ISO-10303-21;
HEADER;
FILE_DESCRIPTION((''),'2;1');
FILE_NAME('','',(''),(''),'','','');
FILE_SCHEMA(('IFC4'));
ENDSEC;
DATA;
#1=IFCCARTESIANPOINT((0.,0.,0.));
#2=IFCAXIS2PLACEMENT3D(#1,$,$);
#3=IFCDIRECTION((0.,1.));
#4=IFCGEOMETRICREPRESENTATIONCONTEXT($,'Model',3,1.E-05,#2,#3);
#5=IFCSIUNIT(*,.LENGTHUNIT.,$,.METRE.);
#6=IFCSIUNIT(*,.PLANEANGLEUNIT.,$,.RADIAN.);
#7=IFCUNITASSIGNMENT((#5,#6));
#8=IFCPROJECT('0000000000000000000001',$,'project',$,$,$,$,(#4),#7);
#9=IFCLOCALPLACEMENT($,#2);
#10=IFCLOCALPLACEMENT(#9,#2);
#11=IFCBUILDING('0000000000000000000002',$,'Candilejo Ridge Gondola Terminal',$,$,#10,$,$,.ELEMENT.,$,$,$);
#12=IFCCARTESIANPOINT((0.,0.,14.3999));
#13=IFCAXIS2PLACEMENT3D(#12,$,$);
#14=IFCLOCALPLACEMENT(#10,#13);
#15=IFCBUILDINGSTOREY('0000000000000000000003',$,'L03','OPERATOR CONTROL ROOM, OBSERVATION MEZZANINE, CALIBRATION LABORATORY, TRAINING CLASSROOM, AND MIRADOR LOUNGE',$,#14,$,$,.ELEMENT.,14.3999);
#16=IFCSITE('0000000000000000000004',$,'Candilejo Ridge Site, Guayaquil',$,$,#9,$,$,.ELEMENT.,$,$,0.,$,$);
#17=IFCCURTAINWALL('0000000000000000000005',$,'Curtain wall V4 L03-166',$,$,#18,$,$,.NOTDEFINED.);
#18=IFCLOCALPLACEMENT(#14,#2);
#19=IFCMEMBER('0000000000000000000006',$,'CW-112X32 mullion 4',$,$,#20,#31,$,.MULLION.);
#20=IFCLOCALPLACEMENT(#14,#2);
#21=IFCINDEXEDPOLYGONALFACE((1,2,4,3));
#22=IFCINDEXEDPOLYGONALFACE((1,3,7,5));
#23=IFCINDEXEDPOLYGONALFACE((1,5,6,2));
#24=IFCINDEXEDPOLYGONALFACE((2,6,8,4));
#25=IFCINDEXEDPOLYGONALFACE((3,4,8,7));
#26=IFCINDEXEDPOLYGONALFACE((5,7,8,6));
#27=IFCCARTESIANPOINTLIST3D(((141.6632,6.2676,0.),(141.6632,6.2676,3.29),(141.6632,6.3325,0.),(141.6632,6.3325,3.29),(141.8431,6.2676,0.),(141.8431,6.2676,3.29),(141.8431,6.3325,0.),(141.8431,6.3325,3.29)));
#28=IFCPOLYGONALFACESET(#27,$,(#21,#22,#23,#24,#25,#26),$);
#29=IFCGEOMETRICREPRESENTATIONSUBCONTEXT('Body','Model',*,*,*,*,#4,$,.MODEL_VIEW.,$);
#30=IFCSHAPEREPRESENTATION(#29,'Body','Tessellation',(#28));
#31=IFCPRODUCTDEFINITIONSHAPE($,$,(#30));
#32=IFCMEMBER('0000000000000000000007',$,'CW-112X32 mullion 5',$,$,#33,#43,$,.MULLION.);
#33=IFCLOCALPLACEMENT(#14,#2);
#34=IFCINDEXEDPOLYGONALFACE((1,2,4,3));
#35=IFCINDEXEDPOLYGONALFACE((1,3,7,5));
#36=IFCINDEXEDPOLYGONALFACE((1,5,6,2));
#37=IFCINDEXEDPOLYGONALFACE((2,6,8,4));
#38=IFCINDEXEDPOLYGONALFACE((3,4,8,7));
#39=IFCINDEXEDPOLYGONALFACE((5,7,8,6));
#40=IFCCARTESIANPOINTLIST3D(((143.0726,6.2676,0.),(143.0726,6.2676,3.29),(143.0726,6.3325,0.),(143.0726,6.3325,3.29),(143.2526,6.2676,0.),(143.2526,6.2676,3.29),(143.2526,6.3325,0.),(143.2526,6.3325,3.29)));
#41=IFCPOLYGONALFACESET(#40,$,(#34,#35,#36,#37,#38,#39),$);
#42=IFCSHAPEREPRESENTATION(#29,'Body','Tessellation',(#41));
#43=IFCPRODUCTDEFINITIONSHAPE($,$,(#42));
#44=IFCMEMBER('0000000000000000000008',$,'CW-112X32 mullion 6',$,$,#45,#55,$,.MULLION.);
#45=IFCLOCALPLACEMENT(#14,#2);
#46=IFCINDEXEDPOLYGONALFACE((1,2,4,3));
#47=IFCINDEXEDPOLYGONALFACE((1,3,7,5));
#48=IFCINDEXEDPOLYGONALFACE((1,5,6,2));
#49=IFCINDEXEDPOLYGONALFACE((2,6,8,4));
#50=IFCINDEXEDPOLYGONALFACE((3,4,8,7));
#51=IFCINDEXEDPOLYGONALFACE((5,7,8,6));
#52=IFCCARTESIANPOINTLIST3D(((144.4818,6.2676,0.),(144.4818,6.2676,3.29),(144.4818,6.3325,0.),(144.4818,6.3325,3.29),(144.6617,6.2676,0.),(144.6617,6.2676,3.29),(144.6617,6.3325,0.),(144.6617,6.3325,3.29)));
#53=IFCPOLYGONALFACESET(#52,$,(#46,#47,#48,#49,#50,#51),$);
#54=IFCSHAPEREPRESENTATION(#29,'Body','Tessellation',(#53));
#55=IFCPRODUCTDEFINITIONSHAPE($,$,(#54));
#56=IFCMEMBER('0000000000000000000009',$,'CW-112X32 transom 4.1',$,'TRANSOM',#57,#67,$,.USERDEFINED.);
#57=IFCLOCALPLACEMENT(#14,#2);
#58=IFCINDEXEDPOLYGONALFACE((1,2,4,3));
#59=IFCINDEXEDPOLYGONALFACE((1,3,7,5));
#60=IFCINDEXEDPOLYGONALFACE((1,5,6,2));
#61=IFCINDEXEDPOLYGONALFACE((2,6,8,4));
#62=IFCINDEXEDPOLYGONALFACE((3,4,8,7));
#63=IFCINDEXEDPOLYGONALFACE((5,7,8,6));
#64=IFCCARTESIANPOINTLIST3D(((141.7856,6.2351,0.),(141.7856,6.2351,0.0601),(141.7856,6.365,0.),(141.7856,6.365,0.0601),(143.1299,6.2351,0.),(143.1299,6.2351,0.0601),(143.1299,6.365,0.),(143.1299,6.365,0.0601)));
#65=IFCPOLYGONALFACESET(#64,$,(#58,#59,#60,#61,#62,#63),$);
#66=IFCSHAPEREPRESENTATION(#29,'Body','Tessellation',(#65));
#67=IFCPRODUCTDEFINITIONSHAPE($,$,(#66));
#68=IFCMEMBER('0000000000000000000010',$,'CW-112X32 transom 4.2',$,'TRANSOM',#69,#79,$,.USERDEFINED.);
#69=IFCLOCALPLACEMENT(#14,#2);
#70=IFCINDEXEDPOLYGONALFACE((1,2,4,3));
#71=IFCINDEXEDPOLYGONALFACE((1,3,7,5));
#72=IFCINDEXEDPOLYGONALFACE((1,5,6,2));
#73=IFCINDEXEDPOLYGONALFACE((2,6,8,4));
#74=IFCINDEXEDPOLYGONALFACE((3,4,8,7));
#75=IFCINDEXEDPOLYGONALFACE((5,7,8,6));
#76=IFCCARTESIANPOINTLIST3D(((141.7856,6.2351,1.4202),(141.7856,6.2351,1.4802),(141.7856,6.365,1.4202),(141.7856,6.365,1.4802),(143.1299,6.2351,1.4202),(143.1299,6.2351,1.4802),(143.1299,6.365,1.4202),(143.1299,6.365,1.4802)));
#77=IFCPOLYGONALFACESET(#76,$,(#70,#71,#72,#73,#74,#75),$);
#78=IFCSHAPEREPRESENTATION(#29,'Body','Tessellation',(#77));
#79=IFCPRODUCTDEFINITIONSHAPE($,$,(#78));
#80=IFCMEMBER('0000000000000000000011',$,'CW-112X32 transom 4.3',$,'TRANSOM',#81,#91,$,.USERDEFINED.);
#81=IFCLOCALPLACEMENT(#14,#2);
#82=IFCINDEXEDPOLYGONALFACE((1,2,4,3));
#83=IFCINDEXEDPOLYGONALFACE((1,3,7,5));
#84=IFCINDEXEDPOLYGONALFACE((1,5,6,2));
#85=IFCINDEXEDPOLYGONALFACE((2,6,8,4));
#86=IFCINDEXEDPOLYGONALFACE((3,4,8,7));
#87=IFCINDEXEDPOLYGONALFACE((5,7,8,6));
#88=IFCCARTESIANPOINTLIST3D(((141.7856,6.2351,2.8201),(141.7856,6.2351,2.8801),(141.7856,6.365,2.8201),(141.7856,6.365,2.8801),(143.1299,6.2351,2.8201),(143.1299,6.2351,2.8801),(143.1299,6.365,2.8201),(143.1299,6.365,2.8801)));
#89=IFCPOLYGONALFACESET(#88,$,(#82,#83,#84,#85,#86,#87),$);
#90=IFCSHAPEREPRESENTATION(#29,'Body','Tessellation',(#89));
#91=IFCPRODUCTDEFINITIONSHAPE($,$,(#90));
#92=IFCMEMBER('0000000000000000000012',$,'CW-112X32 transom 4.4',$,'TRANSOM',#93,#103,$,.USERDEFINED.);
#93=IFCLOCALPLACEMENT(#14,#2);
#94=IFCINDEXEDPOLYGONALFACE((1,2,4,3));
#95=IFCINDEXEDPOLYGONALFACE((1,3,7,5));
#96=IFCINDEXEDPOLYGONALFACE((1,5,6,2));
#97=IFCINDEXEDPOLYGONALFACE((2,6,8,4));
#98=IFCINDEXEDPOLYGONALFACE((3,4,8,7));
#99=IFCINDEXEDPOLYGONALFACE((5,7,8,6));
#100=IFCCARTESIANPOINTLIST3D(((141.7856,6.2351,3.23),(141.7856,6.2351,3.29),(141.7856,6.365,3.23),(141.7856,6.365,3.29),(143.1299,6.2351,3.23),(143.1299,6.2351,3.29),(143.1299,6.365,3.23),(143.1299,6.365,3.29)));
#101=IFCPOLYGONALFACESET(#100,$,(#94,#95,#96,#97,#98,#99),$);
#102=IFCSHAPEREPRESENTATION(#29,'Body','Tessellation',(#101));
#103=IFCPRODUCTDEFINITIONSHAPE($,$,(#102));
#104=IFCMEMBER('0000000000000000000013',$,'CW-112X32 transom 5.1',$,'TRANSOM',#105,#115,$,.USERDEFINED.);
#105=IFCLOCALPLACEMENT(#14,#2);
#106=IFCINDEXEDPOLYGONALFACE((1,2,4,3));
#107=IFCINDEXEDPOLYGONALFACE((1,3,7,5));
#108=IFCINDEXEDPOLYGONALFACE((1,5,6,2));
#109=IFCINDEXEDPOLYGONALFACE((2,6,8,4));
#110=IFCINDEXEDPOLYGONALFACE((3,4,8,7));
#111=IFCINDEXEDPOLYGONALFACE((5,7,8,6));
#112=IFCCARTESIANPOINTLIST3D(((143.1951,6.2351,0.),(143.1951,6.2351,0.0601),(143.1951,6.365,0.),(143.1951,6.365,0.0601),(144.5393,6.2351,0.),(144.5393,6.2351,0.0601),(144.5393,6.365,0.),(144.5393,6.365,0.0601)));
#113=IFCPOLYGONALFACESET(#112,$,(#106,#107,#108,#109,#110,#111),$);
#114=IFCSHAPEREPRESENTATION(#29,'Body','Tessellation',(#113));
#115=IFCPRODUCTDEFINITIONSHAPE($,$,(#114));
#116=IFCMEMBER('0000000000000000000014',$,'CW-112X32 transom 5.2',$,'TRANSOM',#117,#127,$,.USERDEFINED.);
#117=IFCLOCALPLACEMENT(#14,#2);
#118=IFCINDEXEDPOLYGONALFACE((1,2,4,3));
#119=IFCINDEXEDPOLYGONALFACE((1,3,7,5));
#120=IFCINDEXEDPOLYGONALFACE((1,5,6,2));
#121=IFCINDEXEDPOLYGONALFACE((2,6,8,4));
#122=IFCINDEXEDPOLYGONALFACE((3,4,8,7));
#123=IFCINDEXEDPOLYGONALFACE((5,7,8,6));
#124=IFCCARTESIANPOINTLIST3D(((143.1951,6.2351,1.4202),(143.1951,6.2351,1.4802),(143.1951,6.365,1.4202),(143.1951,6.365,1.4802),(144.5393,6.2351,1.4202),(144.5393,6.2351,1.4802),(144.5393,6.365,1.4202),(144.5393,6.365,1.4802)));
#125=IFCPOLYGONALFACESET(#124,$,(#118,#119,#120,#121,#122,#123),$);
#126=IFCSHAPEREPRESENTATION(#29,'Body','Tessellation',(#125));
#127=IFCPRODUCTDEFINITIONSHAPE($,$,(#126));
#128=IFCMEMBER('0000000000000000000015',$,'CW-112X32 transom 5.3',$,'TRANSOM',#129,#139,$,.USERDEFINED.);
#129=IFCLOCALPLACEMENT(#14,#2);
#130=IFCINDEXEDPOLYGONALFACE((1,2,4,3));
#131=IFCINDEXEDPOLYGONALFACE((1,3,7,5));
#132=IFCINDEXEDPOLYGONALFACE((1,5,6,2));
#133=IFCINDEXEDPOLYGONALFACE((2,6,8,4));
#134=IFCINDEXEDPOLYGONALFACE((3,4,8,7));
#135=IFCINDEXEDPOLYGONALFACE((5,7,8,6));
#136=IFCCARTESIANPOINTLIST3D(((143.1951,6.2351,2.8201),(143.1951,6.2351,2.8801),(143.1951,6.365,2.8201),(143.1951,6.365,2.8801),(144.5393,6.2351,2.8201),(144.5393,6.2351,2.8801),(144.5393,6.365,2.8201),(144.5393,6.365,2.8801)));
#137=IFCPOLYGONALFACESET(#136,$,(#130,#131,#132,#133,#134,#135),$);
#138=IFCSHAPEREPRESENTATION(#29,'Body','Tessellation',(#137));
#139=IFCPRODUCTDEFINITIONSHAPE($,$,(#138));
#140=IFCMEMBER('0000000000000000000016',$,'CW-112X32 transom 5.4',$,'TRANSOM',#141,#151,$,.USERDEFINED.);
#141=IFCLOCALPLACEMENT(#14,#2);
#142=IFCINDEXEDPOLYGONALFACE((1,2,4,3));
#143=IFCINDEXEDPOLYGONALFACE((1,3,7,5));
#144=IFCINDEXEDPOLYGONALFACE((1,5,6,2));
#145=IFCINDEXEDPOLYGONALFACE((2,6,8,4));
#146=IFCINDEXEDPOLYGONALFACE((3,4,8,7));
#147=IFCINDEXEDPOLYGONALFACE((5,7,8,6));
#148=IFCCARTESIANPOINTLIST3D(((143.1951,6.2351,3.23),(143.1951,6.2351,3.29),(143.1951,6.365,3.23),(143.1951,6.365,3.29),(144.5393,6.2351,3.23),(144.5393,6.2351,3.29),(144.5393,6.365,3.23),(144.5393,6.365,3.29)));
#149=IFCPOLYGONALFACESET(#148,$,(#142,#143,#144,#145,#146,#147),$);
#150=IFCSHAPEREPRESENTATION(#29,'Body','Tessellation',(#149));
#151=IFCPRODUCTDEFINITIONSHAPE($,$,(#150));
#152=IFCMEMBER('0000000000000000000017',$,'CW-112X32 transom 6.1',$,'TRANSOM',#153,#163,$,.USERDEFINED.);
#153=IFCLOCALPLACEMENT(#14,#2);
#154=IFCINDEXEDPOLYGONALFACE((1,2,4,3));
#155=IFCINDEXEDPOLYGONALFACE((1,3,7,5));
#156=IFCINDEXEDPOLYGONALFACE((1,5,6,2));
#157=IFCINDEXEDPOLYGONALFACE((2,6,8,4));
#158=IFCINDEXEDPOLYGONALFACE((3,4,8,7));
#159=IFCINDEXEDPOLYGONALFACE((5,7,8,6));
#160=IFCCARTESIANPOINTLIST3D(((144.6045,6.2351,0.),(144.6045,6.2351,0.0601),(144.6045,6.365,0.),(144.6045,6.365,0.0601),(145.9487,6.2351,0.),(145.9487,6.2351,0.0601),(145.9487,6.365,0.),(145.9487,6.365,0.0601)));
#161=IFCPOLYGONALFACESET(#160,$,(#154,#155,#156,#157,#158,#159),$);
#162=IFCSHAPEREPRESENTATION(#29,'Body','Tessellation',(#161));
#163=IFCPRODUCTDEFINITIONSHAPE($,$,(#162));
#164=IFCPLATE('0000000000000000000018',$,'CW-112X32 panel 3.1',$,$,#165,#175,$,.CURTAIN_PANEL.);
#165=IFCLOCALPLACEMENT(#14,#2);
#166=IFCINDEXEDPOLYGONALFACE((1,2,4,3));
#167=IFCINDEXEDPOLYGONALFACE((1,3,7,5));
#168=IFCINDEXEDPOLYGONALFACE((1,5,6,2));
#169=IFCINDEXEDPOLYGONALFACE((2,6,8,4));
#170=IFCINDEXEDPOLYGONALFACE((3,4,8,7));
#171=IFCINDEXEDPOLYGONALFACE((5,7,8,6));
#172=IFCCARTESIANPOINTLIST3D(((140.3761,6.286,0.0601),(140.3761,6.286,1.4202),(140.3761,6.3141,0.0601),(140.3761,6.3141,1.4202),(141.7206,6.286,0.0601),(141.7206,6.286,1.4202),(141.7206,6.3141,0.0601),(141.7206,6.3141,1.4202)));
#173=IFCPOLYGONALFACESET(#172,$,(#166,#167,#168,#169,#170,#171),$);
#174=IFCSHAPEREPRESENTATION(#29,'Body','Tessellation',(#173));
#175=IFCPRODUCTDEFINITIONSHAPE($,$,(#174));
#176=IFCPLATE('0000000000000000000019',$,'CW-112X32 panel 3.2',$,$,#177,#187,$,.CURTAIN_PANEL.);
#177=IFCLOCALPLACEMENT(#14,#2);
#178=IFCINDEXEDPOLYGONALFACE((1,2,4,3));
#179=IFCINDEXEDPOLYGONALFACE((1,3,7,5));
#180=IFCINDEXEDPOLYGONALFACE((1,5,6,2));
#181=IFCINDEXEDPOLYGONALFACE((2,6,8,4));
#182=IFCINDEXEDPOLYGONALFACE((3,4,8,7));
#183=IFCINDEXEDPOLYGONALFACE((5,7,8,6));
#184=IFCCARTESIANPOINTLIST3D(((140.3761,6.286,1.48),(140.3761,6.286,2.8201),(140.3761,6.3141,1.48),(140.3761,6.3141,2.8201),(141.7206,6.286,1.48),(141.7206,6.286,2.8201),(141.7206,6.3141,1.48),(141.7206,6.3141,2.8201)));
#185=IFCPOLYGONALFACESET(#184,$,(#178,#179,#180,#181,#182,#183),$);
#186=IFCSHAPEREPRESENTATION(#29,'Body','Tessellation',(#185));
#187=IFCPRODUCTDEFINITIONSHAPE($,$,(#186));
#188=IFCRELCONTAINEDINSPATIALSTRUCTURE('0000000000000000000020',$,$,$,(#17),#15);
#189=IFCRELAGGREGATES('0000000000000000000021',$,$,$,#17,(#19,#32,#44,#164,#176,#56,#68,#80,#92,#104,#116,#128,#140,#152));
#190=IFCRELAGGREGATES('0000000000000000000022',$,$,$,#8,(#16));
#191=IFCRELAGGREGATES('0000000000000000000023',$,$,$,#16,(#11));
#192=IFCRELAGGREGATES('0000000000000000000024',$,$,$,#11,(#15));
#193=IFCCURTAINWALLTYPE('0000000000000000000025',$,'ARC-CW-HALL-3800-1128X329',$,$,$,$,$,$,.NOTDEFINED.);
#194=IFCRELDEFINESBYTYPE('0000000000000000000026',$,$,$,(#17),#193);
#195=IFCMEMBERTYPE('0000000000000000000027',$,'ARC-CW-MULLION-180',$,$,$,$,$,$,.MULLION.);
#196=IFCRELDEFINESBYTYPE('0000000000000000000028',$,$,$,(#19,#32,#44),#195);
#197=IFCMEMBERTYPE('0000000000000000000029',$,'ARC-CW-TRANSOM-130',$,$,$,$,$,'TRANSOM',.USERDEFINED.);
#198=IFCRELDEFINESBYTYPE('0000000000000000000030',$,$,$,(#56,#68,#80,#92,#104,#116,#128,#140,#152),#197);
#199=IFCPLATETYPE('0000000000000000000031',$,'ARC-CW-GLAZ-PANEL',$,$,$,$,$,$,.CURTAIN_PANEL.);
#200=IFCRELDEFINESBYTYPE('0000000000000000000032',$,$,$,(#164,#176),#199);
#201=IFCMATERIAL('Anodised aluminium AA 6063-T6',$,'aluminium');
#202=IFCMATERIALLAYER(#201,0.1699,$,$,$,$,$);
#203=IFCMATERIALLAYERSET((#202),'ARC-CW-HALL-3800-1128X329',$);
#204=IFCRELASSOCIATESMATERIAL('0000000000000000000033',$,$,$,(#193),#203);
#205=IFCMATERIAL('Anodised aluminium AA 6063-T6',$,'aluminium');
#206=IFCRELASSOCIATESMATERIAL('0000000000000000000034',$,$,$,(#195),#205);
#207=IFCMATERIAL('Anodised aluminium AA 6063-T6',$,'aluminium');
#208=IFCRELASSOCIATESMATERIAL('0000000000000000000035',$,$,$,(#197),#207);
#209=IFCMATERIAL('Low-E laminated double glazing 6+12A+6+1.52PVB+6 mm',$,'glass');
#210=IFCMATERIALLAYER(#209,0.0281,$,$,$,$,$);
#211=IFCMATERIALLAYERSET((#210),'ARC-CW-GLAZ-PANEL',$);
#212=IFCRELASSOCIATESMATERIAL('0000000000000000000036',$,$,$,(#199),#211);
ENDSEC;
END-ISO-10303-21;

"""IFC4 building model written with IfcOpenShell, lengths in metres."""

from ifc_helpers import new_model, si_unit, direction, frame, origin, origin_2d, place, context, subcontext, project, spatial, rectangle, extrude, material, layer, layer_set, material_profile, profile_set, type_object, element, aggregate, save


model = new_model("IFC4")

# Units and contexts
model_context = context("Model", 3, precision=1e-05, world=origin(), true_north=direction((0.0, 1.0)))
body_context = subcontext(model_context, "Body", "Model", "MODEL_VIEW")
ifc_project = project(units=[si_unit("LENGTHUNIT", "METRE"), si_unit("PLANEANGLEUNIT", "RADIAN")], contexts=[model_context])

# Site, building, storey
site_placement = place(None, origin())
site = spatial("IfcSite", under=ifc_project, at=site_placement, Name="Candilejo Ridge Site, Guayaquil", CompositionType="ELEMENT", RefElevation=0.0)
building_placement = place(site_placement, origin())
building = spatial("IfcBuilding", under=site, at=building_placement, Name="Candilejo Ridge Gondola Terminal", CompositionType="ELEMENT")
storey_placement = place(building_placement, frame((0.0, 0.0, 14.3999)))
storey = spatial("IfcBuildingStorey", under=building, at=storey_placement, Name="L03", Description="OPERATOR CONTROL ROOM, OBSERVATION MEZZANINE, CALIBRATION LABORATORY, TRAINING CLASSROOM, AND MIRADOR LOUNGE", CompositionType="ELEMENT", Elevation=14.3999)

# Curtain wall, members, plates
ifc_material_1 = material(Name="Anodised aluminium AA 6063-T6", Category="aluminium")
ifc_layer_1 = layer(ifc_material_1, 0.1699)
ifc_layer_set_1 = layer_set([ifc_layer_1], Name="ARC-CW-HALL-3800-1128X329")
curtain_wall_type = type_object("IfcCurtainWallType", Name="ARC-CW-HALL-3800-1128X329", PredefinedType="NOTDEFINED", material=ifc_layer_set_1)
curtain_wall_placement = place(storey_placement, origin())
curtain_wall = element("IfcCurtainWall", 1, at=curtain_wall_placement, inside=storey, type_object=curtain_wall_type, Name="Curtain wall V4 L03-166", PredefinedType="NOTDEFINED")
ifc_material_2 = material(Name="Anodised aluminium AA 6063-T6", Category="aluminium")
ifc_material_profile_1 = material_profile(ifc_material_2, rectangle(XDim=0.0649, YDim=0.1799, at=origin_2d()))
ifc_profile_set_1 = profile_set([ifc_material_profile_1], Name="Anodised aluminium AA 6063-T6")
member_type_1 = type_object("IfcMemberType", Name="ARC-CW-MULLION-180", PredefinedType="MULLION", material=ifc_profile_set_1)
member_1_placement = place(storey_placement, frame((141.7532, 6.3, 0.0), z_axis=(0.0, 0.0, 1.0), x_axis=(0.0, 1.0, 0.0)))
member_1 = element("IfcMember", 2, at=member_1_placement, type_object=member_type_1, Name="CW-112X32 mullion 4", PredefinedType="MULLION", context=body_context, shape_type="SweptSolid", body=[
    extrude(rectangle(XDim=0.0649, YDim=0.1799, at=origin_2d()), origin(), (0.0, 0.0, 1.0), 3.29),
])
member_2_placement = place(storey_placement, frame((143.1626, 6.3, 0.0), z_axis=(0.0, 0.0, 1.0), x_axis=(0.0, 1.0, 0.0)))
member_2 = element("IfcMember", 3, at=member_2_placement, type_object=member_type_1, Name="CW-112X32 mullion 5", PredefinedType="MULLION", context=body_context, shape_type="SweptSolid", body=[
    extrude(rectangle(XDim=0.0649, YDim=0.1799, at=origin_2d()), origin(), (0.0, 0.0, 1.0), 3.29),
])
member_3_placement = place(storey_placement, frame((144.5718, 6.3, 0.0), z_axis=(0.0, 0.0, 1.0), x_axis=(0.0, 1.0, 0.0)))
member_3 = element("IfcMember", 4, at=member_3_placement, type_object=member_type_1, Name="CW-112X32 mullion 6", PredefinedType="MULLION", context=body_context, shape_type="SweptSolid", body=[
    extrude(rectangle(XDim=0.0649, YDim=0.1799, at=origin_2d()), origin(), (0.0, 0.0, 1.0), 3.29),
])
ifc_material_3 = material(Name="Anodised aluminium AA 6063-T6", Category="aluminium")
ifc_material_profile_2 = material_profile(ifc_material_3, rectangle(XDim=0.1299, YDim=0.0601, at=origin_2d()))
ifc_profile_set_2 = profile_set([ifc_material_profile_2], Name="Anodised aluminium AA 6063-T6")
member_type_2 = type_object("IfcMemberType", Name="ARC-CW-TRANSOM-130", ElementType="TRANSOM", PredefinedType="USERDEFINED", material=ifc_profile_set_2)
member_4_placement = place(storey_placement, frame((141.7856, 6.3, 0.03), z_axis=(1.0, 0.0, 0.0), x_axis=(0.0, 1.0, 0.0)))
member_4 = element("IfcMember", 5, at=member_4_placement, type_object=member_type_2, Name="CW-112X32 transom 4.1", ObjectType="TRANSOM", PredefinedType="USERDEFINED", context=body_context, shape_type="SweptSolid", body=[
    extrude(rectangle(XDim=0.1299, YDim=0.0601, at=origin_2d()), origin(), (0.0, 0.0, 1.0), 1.3442),
])
member_5_placement = place(storey_placement, frame((141.7856, 6.3, 1.4502), z_axis=(1.0, 0.0, 0.0), x_axis=(0.0, 1.0, 0.0)))
member_5 = element("IfcMember", 6, at=member_5_placement, type_object=member_type_2, Name="CW-112X32 transom 4.2", ObjectType="TRANSOM", PredefinedType="USERDEFINED", context=body_context, shape_type="SweptSolid", body=[
    extrude(rectangle(XDim=0.1299, YDim=0.0601, at=origin_2d()), origin(), (0.0, 0.0, 1.0), 1.3442),
])
member_6_placement = place(storey_placement, frame((141.7856, 6.3, 2.8501), z_axis=(1.0, 0.0, 0.0), x_axis=(0.0, 1.0, 0.0)))
member_6 = element("IfcMember", 7, at=member_6_placement, type_object=member_type_2, Name="CW-112X32 transom 4.3", ObjectType="TRANSOM", PredefinedType="USERDEFINED", context=body_context, shape_type="SweptSolid", body=[
    extrude(rectangle(XDim=0.1299, YDim=0.0601, at=origin_2d()), origin(), (0.0, 0.0, 1.0), 1.3442),
])
member_7_placement = place(storey_placement, frame((141.7856, 6.3, 3.26), z_axis=(1.0, 0.0, 0.0), x_axis=(0.0, 1.0, 0.0)))
member_7 = element("IfcMember", 8, at=member_7_placement, type_object=member_type_2, Name="CW-112X32 transom 4.4", ObjectType="TRANSOM", PredefinedType="USERDEFINED", context=body_context, shape_type="SweptSolid", body=[
    extrude(rectangle(XDim=0.1299, YDim=0.0601, at=origin_2d()), origin(), (0.0, 0.0, 1.0), 1.3442),
])
member_8_placement = place(storey_placement, frame((143.1951, 6.3, 0.03), z_axis=(1.0, 0.0, 0.0), x_axis=(0.0, 1.0, 0.0)))
member_8 = element("IfcMember", 9, at=member_8_placement, type_object=member_type_2, Name="CW-112X32 transom 5.1", ObjectType="TRANSOM", PredefinedType="USERDEFINED", context=body_context, shape_type="SweptSolid", body=[
    extrude(rectangle(XDim=0.1299, YDim=0.0601, at=origin_2d()), origin(), (0.0, 0.0, 1.0), 1.3442),
])
member_9_placement = place(storey_placement, frame((143.1951, 6.3, 1.4502), z_axis=(1.0, 0.0, 0.0), x_axis=(0.0, 1.0, 0.0)))
member_9 = element("IfcMember", 10, at=member_9_placement, type_object=member_type_2, Name="CW-112X32 transom 5.2", ObjectType="TRANSOM", PredefinedType="USERDEFINED", context=body_context, shape_type="SweptSolid", body=[
    extrude(rectangle(XDim=0.1299, YDim=0.0601, at=origin_2d()), origin(), (0.0, 0.0, 1.0), 1.3442),
])
member_10_placement = place(storey_placement, frame((143.1951, 6.3, 2.8501), z_axis=(1.0, 0.0, 0.0), x_axis=(0.0, 1.0, 0.0)))
member_10 = element("IfcMember", 11, at=member_10_placement, type_object=member_type_2, Name="CW-112X32 transom 5.3", ObjectType="TRANSOM", PredefinedType="USERDEFINED", context=body_context, shape_type="SweptSolid", body=[
    extrude(rectangle(XDim=0.1299, YDim=0.0601, at=origin_2d()), origin(), (0.0, 0.0, 1.0), 1.3442),
])
member_11_placement = place(storey_placement, frame((143.1951, 6.3, 3.26), z_axis=(1.0, 0.0, 0.0), x_axis=(0.0, 1.0, 0.0)))
member_11 = element("IfcMember", 12, at=member_11_placement, type_object=member_type_2, Name="CW-112X32 transom 5.4", ObjectType="TRANSOM", PredefinedType="USERDEFINED", context=body_context, shape_type="SweptSolid", body=[
    extrude(rectangle(XDim=0.1299, YDim=0.0601, at=origin_2d()), origin(), (0.0, 0.0, 1.0), 1.3442),
])
member_12_placement = place(storey_placement, frame((144.6045, 6.3, 0.03), z_axis=(1.0, 0.0, 0.0), x_axis=(0.0, 1.0, 0.0)))
member_12 = element("IfcMember", 13, at=member_12_placement, type_object=member_type_2, Name="CW-112X32 transom 6.1", ObjectType="TRANSOM", PredefinedType="USERDEFINED", context=body_context, shape_type="SweptSolid", body=[
    extrude(rectangle(XDim=0.1299, YDim=0.0601, at=origin_2d()), origin(), (0.0, 0.0, 1.0), 1.3442),
])
ifc_material_4 = material(Name="Low-E laminated double glazing 6+12A+6+1.52PVB+6 mm", Category="glass")
ifc_layer_2 = layer(ifc_material_4, 0.0281)
ifc_layer_set_2 = layer_set([ifc_layer_2], Name="ARC-CW-GLAZ-PANEL")
plate_type = type_object("IfcPlateType", Name="ARC-CW-GLAZ-PANEL", PredefinedType="CURTAIN_PANEL", material=ifc_layer_set_2)
plate_1_placement = place(storey_placement, frame((141.0483, 6.3, 0.0601), z_axis=(0.0, 0.0, 1.0), x_axis=(1.0, 0.0, 0.0)))
plate_1 = element("IfcPlate", 14, at=plate_1_placement, type_object=plate_type, Name="CW-112X32 panel 3.1", PredefinedType="CURTAIN_PANEL", context=body_context, shape_type="SweptSolid", body=[
    extrude(rectangle(XDim=1.3445, YDim=0.0281, at=origin_2d()), origin(), (0.0, 0.0, 1.0), 1.3601),
])
plate_2_placement = place(storey_placement, frame((141.0483, 6.3, 1.48), z_axis=(0.0, 0.0, 1.0), x_axis=(1.0, 0.0, 0.0)))
plate_2 = element("IfcPlate", 15, at=plate_2_placement, type_object=plate_type, Name="CW-112X32 panel 3.2", PredefinedType="CURTAIN_PANEL", context=body_context, shape_type="SweptSolid", body=[
    extrude(rectangle(XDim=1.3445, YDim=0.0281, at=origin_2d()), origin(), (0.0, 0.0, 1.0), 1.3401),
])
aggregate(curtain_wall, [member_1, member_2, member_3, plate_1, plate_2, member_4, member_5, member_6, member_7, member_8, member_9, member_10, member_11, member_12])

save(model, "model.ifc")
